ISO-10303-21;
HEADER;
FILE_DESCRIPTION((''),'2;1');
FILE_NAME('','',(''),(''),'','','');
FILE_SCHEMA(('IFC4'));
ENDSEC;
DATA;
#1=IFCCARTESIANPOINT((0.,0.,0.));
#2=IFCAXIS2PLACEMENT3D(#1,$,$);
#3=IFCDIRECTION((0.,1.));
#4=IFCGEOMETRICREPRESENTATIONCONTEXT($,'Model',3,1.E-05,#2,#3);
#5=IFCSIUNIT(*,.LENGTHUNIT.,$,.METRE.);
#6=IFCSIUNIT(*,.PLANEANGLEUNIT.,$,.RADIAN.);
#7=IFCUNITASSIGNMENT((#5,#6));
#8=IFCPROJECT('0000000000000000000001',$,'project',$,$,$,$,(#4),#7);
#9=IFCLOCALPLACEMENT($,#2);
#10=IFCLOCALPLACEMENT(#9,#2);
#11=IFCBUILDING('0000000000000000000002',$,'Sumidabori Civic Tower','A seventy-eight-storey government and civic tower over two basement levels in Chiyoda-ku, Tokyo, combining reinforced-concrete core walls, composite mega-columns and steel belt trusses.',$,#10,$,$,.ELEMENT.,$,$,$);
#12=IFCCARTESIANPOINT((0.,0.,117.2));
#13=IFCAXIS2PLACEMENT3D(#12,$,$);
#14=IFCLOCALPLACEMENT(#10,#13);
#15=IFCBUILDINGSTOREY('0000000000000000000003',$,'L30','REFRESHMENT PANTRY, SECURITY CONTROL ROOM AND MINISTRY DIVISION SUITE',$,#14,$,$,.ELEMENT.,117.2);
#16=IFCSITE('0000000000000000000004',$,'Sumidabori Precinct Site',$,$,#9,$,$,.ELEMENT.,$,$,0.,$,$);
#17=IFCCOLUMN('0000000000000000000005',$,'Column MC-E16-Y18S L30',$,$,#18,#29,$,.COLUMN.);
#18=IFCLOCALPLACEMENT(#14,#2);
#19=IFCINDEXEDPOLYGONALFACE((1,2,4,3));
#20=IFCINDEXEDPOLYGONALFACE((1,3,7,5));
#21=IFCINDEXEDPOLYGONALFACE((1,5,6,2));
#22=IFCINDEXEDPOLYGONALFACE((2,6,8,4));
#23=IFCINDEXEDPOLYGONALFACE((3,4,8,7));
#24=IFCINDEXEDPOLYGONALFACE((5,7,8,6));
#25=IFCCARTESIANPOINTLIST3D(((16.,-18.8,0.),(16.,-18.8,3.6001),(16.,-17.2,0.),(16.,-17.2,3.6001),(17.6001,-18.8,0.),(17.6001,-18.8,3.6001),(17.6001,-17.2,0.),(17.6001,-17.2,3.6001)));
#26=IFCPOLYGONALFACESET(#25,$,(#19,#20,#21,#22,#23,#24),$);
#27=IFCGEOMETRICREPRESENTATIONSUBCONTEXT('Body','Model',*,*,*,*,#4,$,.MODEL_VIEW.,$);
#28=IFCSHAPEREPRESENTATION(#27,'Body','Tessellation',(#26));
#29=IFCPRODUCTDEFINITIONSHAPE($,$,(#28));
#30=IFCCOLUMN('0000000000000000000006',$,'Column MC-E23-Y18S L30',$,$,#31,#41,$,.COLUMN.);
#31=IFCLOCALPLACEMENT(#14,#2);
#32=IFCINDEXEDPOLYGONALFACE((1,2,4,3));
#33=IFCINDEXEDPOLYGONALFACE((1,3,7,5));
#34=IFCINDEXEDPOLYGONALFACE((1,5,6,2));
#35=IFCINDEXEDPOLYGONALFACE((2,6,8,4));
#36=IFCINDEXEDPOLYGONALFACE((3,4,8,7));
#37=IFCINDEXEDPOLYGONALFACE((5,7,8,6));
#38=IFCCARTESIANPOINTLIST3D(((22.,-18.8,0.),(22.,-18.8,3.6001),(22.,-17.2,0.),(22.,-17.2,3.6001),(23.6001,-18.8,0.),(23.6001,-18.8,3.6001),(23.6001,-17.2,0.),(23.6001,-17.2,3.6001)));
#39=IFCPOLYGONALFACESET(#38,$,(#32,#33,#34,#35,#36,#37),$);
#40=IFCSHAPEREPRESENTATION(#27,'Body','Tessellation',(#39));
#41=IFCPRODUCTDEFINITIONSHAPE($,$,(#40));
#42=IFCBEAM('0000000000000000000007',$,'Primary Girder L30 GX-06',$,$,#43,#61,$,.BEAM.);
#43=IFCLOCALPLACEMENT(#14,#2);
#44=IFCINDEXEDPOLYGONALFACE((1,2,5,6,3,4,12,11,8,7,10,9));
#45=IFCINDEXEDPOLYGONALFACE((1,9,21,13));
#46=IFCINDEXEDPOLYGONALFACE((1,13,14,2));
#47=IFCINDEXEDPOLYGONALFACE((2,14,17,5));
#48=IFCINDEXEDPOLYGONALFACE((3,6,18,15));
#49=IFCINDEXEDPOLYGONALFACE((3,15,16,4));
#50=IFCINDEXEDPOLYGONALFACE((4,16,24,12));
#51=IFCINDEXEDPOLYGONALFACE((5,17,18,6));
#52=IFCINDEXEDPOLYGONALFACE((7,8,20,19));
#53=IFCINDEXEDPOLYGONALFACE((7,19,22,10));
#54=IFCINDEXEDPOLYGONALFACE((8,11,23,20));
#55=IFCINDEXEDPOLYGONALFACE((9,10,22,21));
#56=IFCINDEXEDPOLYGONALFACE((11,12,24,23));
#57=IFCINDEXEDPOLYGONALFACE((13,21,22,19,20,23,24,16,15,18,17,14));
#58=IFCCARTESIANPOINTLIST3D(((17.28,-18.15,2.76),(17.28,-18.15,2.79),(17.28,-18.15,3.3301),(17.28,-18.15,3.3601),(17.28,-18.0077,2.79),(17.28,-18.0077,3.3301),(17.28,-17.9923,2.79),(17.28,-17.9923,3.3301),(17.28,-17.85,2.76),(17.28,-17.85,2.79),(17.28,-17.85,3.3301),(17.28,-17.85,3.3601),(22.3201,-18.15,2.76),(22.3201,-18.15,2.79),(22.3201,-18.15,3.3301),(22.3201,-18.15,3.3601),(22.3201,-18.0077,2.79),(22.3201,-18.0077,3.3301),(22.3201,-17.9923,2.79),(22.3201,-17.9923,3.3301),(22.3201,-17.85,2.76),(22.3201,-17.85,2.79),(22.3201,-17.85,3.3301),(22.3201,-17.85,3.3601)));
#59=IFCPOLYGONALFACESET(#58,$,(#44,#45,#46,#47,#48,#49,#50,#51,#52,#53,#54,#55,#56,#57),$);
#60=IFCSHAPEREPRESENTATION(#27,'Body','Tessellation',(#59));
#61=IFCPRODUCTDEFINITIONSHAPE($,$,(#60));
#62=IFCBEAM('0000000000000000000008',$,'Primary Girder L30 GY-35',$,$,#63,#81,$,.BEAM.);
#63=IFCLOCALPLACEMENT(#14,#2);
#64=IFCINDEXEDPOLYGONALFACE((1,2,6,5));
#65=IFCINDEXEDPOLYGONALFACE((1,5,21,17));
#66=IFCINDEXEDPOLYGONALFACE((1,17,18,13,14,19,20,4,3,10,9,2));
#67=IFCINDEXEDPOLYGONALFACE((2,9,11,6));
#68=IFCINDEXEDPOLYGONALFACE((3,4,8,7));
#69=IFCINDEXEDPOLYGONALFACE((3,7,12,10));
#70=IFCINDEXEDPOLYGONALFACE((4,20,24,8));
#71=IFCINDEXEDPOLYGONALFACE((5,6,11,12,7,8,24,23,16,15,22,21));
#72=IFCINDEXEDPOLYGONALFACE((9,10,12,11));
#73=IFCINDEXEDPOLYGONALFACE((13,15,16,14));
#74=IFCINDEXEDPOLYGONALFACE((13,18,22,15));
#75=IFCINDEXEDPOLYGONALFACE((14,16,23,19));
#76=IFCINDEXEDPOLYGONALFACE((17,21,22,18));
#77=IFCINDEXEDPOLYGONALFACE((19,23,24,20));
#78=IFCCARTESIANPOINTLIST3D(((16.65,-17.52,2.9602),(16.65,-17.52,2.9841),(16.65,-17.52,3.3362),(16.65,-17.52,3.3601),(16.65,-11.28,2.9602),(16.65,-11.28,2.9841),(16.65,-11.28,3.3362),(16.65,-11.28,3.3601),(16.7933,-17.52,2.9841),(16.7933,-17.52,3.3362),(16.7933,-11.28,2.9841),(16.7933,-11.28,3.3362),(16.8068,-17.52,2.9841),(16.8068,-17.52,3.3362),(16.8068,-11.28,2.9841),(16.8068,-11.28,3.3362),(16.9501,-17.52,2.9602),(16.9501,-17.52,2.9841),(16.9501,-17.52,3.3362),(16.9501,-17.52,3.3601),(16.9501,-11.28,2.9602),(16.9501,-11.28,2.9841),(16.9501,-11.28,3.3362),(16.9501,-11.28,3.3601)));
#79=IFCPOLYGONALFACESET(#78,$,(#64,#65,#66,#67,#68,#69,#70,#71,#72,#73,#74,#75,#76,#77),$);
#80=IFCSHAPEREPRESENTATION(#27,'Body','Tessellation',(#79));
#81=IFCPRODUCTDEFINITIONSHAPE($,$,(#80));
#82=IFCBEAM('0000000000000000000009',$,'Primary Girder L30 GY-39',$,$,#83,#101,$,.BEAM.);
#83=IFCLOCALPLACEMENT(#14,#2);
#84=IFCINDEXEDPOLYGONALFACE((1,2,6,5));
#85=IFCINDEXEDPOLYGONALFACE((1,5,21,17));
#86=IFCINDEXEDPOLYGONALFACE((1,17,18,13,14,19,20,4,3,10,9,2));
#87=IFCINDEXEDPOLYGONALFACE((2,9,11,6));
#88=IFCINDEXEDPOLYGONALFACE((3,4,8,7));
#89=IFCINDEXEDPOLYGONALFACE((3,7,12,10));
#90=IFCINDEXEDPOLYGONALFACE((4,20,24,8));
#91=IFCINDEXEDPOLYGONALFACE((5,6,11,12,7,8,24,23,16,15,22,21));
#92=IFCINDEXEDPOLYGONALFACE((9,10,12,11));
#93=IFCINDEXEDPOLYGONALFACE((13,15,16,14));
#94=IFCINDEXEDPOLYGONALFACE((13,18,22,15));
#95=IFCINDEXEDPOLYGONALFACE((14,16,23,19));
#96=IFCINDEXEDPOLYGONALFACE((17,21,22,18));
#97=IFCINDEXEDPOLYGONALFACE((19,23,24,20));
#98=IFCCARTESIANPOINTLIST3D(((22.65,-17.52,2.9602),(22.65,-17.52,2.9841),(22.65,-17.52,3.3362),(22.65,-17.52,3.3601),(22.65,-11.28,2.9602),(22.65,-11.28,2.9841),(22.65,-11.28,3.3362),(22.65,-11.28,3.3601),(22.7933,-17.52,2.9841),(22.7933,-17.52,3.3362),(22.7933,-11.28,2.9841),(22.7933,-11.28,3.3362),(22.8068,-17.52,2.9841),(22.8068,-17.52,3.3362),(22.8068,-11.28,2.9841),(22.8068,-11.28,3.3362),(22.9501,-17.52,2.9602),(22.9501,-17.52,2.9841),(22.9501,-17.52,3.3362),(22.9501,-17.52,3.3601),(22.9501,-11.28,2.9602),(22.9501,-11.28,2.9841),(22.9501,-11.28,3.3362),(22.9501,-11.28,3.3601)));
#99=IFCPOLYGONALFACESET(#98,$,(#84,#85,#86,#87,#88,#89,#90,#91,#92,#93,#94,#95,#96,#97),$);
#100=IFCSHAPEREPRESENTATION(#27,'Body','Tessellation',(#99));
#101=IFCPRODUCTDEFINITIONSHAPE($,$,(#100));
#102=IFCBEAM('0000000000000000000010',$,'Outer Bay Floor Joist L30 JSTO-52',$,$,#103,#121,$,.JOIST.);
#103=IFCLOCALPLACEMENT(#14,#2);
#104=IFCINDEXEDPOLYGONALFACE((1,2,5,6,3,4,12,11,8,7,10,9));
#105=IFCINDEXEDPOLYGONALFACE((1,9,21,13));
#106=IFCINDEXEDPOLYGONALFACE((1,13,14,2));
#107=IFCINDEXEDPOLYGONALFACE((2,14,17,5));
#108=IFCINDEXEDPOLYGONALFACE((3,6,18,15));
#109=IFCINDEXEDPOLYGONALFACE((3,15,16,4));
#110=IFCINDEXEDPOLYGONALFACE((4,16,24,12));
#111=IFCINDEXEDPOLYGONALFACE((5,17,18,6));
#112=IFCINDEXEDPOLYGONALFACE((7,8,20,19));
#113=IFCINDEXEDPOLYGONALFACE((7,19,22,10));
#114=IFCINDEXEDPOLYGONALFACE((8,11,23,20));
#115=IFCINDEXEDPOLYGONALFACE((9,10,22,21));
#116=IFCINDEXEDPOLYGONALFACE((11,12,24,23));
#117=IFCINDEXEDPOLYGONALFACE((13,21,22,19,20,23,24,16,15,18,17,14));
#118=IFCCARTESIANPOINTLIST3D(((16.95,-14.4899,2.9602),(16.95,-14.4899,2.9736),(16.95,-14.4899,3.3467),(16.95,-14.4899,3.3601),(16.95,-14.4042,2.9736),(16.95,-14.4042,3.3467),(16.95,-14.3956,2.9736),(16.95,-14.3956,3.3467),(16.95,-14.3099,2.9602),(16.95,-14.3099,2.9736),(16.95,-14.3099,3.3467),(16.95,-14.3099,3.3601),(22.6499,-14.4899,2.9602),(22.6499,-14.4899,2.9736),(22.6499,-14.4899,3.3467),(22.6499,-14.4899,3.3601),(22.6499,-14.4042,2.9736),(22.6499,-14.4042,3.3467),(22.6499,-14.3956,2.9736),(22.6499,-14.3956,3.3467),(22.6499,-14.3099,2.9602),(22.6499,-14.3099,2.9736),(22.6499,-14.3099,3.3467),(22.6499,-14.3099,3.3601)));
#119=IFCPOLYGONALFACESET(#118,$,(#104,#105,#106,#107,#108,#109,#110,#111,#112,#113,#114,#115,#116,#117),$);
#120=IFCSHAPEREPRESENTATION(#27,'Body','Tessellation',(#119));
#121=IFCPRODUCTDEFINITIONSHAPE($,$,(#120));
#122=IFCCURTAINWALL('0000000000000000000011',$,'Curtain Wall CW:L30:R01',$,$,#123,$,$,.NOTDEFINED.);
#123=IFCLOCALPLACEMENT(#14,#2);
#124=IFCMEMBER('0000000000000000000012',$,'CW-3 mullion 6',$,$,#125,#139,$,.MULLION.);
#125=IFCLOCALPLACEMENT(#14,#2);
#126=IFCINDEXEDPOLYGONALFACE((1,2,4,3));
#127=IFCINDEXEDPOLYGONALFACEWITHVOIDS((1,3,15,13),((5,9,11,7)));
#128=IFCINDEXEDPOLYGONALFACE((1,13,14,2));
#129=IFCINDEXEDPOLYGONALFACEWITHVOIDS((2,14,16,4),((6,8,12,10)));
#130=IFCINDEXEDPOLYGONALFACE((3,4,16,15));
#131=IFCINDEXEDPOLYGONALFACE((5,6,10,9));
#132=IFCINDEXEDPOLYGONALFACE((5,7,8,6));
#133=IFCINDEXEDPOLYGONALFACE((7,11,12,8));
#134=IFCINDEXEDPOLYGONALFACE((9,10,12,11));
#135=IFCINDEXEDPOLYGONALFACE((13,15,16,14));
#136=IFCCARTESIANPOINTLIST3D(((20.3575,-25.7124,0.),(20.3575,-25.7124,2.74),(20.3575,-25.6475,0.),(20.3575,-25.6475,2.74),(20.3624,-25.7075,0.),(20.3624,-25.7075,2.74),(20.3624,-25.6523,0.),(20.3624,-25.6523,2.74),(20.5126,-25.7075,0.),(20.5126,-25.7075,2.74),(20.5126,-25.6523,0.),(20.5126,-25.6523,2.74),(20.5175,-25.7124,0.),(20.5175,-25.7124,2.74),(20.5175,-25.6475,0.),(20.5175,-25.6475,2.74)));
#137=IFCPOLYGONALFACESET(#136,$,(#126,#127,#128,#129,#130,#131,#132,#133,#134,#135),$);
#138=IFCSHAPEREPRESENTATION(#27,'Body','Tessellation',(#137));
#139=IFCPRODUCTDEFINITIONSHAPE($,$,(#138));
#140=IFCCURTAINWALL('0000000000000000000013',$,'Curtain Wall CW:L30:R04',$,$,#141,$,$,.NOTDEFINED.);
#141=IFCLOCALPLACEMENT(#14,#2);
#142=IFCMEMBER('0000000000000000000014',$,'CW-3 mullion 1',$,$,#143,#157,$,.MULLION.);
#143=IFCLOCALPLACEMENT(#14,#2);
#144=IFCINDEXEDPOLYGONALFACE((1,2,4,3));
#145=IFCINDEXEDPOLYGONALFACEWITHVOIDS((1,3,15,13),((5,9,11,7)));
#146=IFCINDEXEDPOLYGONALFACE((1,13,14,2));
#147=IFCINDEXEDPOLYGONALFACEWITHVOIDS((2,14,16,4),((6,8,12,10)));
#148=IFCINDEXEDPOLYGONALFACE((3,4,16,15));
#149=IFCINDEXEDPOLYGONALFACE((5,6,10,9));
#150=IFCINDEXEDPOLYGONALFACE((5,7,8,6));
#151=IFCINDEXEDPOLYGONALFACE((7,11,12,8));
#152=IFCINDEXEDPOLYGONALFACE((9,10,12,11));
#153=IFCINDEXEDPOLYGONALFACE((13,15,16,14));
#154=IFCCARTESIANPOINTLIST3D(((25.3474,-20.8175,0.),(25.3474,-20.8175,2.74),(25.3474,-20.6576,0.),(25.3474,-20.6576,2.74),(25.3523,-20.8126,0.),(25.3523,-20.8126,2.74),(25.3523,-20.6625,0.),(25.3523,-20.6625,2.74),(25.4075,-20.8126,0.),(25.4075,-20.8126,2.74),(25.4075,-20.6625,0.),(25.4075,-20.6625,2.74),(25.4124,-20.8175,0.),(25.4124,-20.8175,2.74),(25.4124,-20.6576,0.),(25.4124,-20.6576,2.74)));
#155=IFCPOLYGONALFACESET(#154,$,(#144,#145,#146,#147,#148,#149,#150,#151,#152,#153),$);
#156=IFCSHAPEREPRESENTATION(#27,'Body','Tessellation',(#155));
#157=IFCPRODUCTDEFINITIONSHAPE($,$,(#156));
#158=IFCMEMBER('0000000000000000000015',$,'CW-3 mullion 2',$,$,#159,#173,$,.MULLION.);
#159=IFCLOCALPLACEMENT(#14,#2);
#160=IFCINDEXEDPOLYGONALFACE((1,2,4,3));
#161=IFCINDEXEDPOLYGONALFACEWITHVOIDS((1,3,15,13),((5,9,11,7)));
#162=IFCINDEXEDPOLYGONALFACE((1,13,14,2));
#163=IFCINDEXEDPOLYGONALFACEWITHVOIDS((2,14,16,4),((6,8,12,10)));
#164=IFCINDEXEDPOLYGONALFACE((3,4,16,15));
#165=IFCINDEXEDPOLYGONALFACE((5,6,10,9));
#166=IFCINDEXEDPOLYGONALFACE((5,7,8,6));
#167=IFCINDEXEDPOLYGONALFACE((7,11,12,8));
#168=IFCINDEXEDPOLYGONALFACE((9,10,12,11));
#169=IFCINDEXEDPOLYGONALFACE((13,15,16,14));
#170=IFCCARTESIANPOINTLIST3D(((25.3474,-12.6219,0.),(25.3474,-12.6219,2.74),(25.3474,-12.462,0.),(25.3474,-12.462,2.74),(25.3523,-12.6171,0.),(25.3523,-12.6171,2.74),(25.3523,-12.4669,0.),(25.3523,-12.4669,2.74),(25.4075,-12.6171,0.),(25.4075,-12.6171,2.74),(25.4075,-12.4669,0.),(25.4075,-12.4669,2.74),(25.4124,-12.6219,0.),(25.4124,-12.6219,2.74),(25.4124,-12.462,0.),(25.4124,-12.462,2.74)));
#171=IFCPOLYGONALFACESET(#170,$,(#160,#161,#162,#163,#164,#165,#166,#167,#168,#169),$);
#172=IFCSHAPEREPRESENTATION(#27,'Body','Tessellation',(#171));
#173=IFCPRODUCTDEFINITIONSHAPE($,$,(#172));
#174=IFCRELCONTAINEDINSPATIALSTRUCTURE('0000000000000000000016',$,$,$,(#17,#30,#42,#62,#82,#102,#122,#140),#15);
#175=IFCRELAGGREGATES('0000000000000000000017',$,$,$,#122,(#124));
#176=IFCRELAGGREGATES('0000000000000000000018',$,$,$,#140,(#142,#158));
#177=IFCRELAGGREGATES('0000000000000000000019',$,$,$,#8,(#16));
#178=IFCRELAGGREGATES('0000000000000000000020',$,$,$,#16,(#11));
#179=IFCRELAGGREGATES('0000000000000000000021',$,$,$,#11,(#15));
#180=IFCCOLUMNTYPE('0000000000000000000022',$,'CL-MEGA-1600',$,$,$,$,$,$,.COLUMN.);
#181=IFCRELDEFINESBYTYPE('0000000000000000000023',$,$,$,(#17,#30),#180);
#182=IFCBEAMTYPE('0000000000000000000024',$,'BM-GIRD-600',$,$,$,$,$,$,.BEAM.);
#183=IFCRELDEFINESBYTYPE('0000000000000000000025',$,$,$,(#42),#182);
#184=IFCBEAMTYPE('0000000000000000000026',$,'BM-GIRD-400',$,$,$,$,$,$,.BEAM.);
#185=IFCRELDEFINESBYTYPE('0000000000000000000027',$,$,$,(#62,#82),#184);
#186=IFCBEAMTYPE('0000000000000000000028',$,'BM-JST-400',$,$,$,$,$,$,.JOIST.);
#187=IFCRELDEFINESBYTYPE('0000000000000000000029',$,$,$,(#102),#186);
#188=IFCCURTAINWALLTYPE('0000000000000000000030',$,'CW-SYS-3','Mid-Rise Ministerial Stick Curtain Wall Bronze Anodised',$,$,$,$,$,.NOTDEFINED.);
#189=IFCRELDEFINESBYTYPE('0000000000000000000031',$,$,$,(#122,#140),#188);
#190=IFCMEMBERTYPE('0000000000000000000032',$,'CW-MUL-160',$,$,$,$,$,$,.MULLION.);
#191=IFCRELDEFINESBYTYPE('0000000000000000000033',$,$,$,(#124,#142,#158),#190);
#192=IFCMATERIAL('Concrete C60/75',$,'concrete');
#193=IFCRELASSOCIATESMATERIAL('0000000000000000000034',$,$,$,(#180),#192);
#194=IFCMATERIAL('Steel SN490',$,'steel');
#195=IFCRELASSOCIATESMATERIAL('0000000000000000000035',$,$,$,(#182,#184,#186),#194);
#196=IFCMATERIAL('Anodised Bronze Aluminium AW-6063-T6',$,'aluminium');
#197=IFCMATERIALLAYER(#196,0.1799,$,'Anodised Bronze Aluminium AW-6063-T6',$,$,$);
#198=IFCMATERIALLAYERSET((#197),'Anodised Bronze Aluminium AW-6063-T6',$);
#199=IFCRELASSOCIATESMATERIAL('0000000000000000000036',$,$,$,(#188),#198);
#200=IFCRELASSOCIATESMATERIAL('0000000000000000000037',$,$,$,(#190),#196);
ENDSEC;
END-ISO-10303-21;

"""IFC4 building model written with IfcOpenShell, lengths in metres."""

from ifc_helpers import new_model, si_unit, direction, frame, origin, origin_2d, place, context, subcontext, project, spatial, rectangle, hollow_rectangle, i_section, extrude, source, transform, mapped, material, layer, layer_set, material_profile, profile_set, type_object, element, aggregate, save


model = new_model("IFC4")

# Units and contexts
model_context = context("Model", 3, precision=1e-05, world=origin(), true_north=direction((0.0, 1.0)))
body_context = subcontext(model_context, "Body", "Model", "MODEL_VIEW")
ifc_project = project(units=[si_unit("LENGTHUNIT", "METRE"), si_unit("PLANEANGLEUNIT", "RADIAN")], contexts=[model_context])

# Site, building, storey
site_placement = place(None, origin())
site = spatial("IfcSite", under=ifc_project, at=site_placement, Name="Sumidabori Precinct Site", CompositionType="ELEMENT", RefElevation=0.0)
building_placement = place(site_placement, origin())
building = spatial("IfcBuilding", under=site, at=building_placement, Name="Sumidabori Civic Tower", Description="A seventy-eight-storey government and civic tower over two basement levels in Chiyoda-ku, Tokyo, combining reinforced-concrete core walls, composite mega-columns and steel belt trusses.", CompositionType="ELEMENT")
storey_placement = place(building_placement, frame((0.0, 0.0, 117.2)))
storey = spatial("IfcBuildingStorey", under=building, at=storey_placement, Name="L30", Description="REFRESHMENT PANTRY, SECURITY CONTROL ROOM AND MINISTRY DIVISION SUITE", CompositionType="ELEMENT", Elevation=117.2)

# Columns
ifc_material_1 = material(Name="Concrete C60/75", Category="concrete")
ifc_material_profile_1 = material_profile(ifc_material_1, rectangle(XDim=1.6001, YDim=1.6001, at=origin_2d()), Name="RC 1600x1600")
ifc_profile_set_1 = profile_set([ifc_material_profile_1], Name="Concrete C60/75")
column_type = type_object("IfcColumnType", Name="CL-MEGA-1600", PredefinedType="COLUMN", material=ifc_profile_set_1)
shared_shape_1 = source(origin(), body_context, "Body", "SweptSolid", [
    extrude(rectangle(XDim=1.6001, YDim=1.6001, at=origin_2d()), origin(), (0.0, 0.0, 1.0), 3.6001),
])
for number, where, z_axis, x_axis, name in (
    (1, (16.8, -18.0, 0.0), (0.0, 0.0, 1.0), (1.0, 0.0, 0.0), "Column MC-E16-Y18S L30"),
    (2, (22.8, -18.0, 0.0), (0.0, 0.0, 1.0), (1.0, 0.0, 0.0), "Column MC-E23-Y18S L30"),
):
    element("IfcColumn", number, at=place(storey_placement, frame(where, z_axis=z_axis, x_axis=x_axis)), inside=storey, type_object=column_type, Name=name, PredefinedType="COLUMN", context=body_context, shape_type="MappedRepresentation", body=[
        mapped(shared_shape_1, transform((0.0, 0.0, 0.0), x_axis=(1.0, 0.0, 0.0), y_axis=(0.0, 1.0, 0.0), z_axis=(0.0, 0.0, 1.0), scale=1.0)),
    ])

# Beams
ifc_material_2 = material(Name="Steel SN490", Category="steel")
ifc_material_profile_2 = material_profile(ifc_material_2, i_section(OverallWidth=0.3, OverallDepth=0.6001, WebThickness=0.0154, FlangeThickness=0.03, at=origin_2d()), Name="HE 600 B")
ifc_profile_set_2 = profile_set([ifc_material_profile_2], Name="Steel SN490")
beam_type_1 = type_object("IfcBeamType", Name="BM-GIRD-600", PredefinedType="BEAM", material=ifc_profile_set_2)
shared_shape_2 = source(origin(), body_context, "Body", "SweptSolid", [
    extrude(i_section(OverallWidth=0.3, OverallDepth=0.6001, WebThickness=0.0154, FlangeThickness=0.03, at=origin_2d()), origin(), (0.0, 0.0, 1.0), 5.04),
])
beam_1_placement = place(storey_placement, frame((17.28, -18.0, 3.0601), z_axis=(1.0, 0.0, 0.0), x_axis=(0.0, 1.0, 0.0)))
element("IfcBeam", 3, at=beam_1_placement, inside=storey, type_object=beam_type_1, Name="Primary Girder L30 GX-06", PredefinedType="BEAM", context=body_context, shape_type="MappedRepresentation", body=[
    mapped(shared_shape_2, transform((0.0, 0.0, 0.0), x_axis=(1.0, 0.0, 0.0), y_axis=(0.0, 1.0, 0.0), z_axis=(0.0, 0.0, 1.0), scale=1.0)),
])
ifc_material_profile_3 = material_profile(ifc_material_2, i_section(OverallWidth=0.3, OverallDepth=0.3999, WebThickness=0.0134, FlangeThickness=0.0239, at=origin_2d()), Name="HE 400 B")
ifc_profile_set_3 = profile_set([ifc_material_profile_3], Name="Steel SN490")
beam_type_2 = type_object("IfcBeamType", Name="BM-GIRD-400", PredefinedType="BEAM", material=ifc_profile_set_3)
shared_shape_3 = source(origin(), body_context, "Body", "SweptSolid", [
    extrude(i_section(OverallWidth=0.3, OverallDepth=0.3999, WebThickness=0.0134, FlangeThickness=0.0239, at=origin_2d()), origin(), (0.0, 0.0, 1.0), 6.24),
])
for number, where, z_axis, x_axis, name in (
    (4, (16.8, -17.52, 3.1602), (0.0, 1.0, 0.0), (-1.0, 0.0, 0.0), "Primary Girder L30 GY-35"),
    (5, (22.8, -17.52, 3.1602), (0.0, 1.0, 0.0), (-1.0, 0.0, 0.0), "Primary Girder L30 GY-39"),
):
    element("IfcBeam", number, at=place(storey_placement, frame(where, z_axis=z_axis, x_axis=x_axis)), inside=storey, type_object=beam_type_2, Name=name, PredefinedType="BEAM", context=body_context, shape_type="MappedRepresentation", body=[
        mapped(shared_shape_3, transform((0.0, 0.0, 0.0), x_axis=(1.0, 0.0, 0.0), y_axis=(0.0, 1.0, 0.0), z_axis=(0.0, 0.0, 1.0), scale=1.0)),
    ])
ifc_material_profile_4 = material_profile(ifc_material_2, i_section(OverallWidth=0.1799, OverallDepth=0.3999, WebThickness=0.0085, FlangeThickness=0.0134, at=origin_2d()), Name="IPE 400")
ifc_profile_set_4 = profile_set([ifc_material_profile_4], Name="Steel SN490")
beam_type_3 = type_object("IfcBeamType", Name="BM-JST-400", PredefinedType="JOIST", material=ifc_profile_set_4)
shared_shape_4 = source(origin(), body_context, "Body", "SweptSolid", [
    extrude(i_section(OverallWidth=0.1799, OverallDepth=0.3999, WebThickness=0.0085, FlangeThickness=0.0134, at=origin_2d()), origin(), (0.0, 0.0, 1.0), 5.7),
])
beam_2_placement = place(storey_placement, frame((16.95, -14.3999, 3.1602), z_axis=(1.0, 0.0, 0.0), x_axis=(0.0, 1.0, 0.0)))
element("IfcBeam", 6, at=beam_2_placement, inside=storey, type_object=beam_type_3, Name="Outer Bay Floor Joist L30 JSTO-52", PredefinedType="JOIST", context=body_context, shape_type="MappedRepresentation", body=[
    mapped(shared_shape_4, transform((0.0, 0.0, 0.0), x_axis=(1.0, 0.0, 0.0), y_axis=(0.0, 1.0, 0.0), z_axis=(0.0, 0.0, 1.0), scale=1.0)),
])

# Curtain wall, member
ifc_material_3 = material(Name="Anodised Bronze Aluminium AW-6063-T6", Category="aluminium")
ifc_layer_1 = layer(ifc_material_3, 0.1799, Name="Anodised Bronze Aluminium AW-6063-T6")
ifc_layer_set_1 = layer_set([ifc_layer_1], Name="Anodised Bronze Aluminium AW-6063-T6")
curtain_wall_type = type_object("IfcCurtainWallType", Name="CW-SYS-3", Description="Mid-Rise Ministerial Stick Curtain Wall Bronze Anodised", PredefinedType="NOTDEFINED", material=ifc_layer_set_1)
curtain_wall_1_placement = place(storey_placement, origin())
curtain_wall_1 = element("IfcCurtainWall", 7, at=curtain_wall_1_placement, inside=storey, type_object=curtain_wall_type, Name="Curtain Wall CW:L30:R01", PredefinedType="NOTDEFINED")
ifc_material_profile_5 = material_profile(ifc_material_3, hollow_rectangle(XDim=0.0649, YDim=0.1599, WallThickness=0.0049, at=origin_2d()), Name="ALU MULLION 160x65")
ifc_profile_set_5 = profile_set([ifc_material_profile_5], Name="Anodised Bronze Aluminium AW-6063-T6")
member_type_1 = type_object("IfcMemberType", Name="CW-MUL-160", PredefinedType="MULLION", material=ifc_profile_set_5)
shared_shape_5 = source(origin(), body_context, "Body", "SweptSolid", [
    extrude(hollow_rectangle(XDim=0.0649, YDim=0.1599, WallThickness=0.0049, at=origin_2d()), origin(), (0.0, 0.0, 1.0), 2.74),
])
member_1_placement = place(storey_placement, frame((20.4375, -25.6799, 0.0), z_axis=(0.0, 0.0, 1.0), x_axis=(0.0, 1.0, 0.0)))
member_1 = element("IfcMember", 8, at=member_1_placement, type_object=member_type_1, Name="CW-3 mullion 6", PredefinedType="MULLION", context=body_context, shape_type="MappedRepresentation", body=[
    mapped(shared_shape_5, transform((0.0, 0.0, 0.0), x_axis=(1.0, 0.0, 0.0), y_axis=(0.0, 1.0, 0.0), z_axis=(0.0, 0.0, 1.0), scale=1.0)),
])

# Curtain wall, members
curtain_wall_2_placement = place(storey_placement, origin())
curtain_wall_2 = element("IfcCurtainWall", 9, at=curtain_wall_2_placement, inside=storey, type_object=curtain_wall_type, Name="Curtain Wall CW:L30:R04", PredefinedType="NOTDEFINED")
member_2_placement = place(storey_placement, frame((25.3799, -20.7375, 0.0), z_axis=(0.0, 0.0, 1.0), x_axis=(-1.0, 0.0, 0.0)))
member_2 = element("IfcMember", 10, at=member_2_placement, type_object=member_type_1, Name="CW-3 mullion 1", PredefinedType="MULLION", context=body_context, shape_type="MappedRepresentation", body=[
    mapped(shared_shape_5, transform((0.0, 0.0, 0.0), x_axis=(1.0, 0.0, 0.0), y_axis=(0.0, 1.0, 0.0), z_axis=(0.0, 0.0, 1.0), scale=1.0)),
])
member_3_placement = place(storey_placement, frame((25.3799, -12.542, 0.0), z_axis=(0.0, 0.0, 1.0), x_axis=(-1.0, 0.0, 0.0)))
member_3 = element("IfcMember", 11, at=member_3_placement, type_object=member_type_1, Name="CW-3 mullion 2", PredefinedType="MULLION", context=body_context, shape_type="MappedRepresentation", body=[
    mapped(shared_shape_5, transform((0.0, 0.0, 0.0), x_axis=(1.0, 0.0, 0.0), y_axis=(0.0, 1.0, 0.0), z_axis=(0.0, 0.0, 1.0), scale=1.0)),
])

aggregate(curtain_wall_1, [member_1])
aggregate(curtain_wall_2, [member_2, member_3])

save(model, "model.ifc")
